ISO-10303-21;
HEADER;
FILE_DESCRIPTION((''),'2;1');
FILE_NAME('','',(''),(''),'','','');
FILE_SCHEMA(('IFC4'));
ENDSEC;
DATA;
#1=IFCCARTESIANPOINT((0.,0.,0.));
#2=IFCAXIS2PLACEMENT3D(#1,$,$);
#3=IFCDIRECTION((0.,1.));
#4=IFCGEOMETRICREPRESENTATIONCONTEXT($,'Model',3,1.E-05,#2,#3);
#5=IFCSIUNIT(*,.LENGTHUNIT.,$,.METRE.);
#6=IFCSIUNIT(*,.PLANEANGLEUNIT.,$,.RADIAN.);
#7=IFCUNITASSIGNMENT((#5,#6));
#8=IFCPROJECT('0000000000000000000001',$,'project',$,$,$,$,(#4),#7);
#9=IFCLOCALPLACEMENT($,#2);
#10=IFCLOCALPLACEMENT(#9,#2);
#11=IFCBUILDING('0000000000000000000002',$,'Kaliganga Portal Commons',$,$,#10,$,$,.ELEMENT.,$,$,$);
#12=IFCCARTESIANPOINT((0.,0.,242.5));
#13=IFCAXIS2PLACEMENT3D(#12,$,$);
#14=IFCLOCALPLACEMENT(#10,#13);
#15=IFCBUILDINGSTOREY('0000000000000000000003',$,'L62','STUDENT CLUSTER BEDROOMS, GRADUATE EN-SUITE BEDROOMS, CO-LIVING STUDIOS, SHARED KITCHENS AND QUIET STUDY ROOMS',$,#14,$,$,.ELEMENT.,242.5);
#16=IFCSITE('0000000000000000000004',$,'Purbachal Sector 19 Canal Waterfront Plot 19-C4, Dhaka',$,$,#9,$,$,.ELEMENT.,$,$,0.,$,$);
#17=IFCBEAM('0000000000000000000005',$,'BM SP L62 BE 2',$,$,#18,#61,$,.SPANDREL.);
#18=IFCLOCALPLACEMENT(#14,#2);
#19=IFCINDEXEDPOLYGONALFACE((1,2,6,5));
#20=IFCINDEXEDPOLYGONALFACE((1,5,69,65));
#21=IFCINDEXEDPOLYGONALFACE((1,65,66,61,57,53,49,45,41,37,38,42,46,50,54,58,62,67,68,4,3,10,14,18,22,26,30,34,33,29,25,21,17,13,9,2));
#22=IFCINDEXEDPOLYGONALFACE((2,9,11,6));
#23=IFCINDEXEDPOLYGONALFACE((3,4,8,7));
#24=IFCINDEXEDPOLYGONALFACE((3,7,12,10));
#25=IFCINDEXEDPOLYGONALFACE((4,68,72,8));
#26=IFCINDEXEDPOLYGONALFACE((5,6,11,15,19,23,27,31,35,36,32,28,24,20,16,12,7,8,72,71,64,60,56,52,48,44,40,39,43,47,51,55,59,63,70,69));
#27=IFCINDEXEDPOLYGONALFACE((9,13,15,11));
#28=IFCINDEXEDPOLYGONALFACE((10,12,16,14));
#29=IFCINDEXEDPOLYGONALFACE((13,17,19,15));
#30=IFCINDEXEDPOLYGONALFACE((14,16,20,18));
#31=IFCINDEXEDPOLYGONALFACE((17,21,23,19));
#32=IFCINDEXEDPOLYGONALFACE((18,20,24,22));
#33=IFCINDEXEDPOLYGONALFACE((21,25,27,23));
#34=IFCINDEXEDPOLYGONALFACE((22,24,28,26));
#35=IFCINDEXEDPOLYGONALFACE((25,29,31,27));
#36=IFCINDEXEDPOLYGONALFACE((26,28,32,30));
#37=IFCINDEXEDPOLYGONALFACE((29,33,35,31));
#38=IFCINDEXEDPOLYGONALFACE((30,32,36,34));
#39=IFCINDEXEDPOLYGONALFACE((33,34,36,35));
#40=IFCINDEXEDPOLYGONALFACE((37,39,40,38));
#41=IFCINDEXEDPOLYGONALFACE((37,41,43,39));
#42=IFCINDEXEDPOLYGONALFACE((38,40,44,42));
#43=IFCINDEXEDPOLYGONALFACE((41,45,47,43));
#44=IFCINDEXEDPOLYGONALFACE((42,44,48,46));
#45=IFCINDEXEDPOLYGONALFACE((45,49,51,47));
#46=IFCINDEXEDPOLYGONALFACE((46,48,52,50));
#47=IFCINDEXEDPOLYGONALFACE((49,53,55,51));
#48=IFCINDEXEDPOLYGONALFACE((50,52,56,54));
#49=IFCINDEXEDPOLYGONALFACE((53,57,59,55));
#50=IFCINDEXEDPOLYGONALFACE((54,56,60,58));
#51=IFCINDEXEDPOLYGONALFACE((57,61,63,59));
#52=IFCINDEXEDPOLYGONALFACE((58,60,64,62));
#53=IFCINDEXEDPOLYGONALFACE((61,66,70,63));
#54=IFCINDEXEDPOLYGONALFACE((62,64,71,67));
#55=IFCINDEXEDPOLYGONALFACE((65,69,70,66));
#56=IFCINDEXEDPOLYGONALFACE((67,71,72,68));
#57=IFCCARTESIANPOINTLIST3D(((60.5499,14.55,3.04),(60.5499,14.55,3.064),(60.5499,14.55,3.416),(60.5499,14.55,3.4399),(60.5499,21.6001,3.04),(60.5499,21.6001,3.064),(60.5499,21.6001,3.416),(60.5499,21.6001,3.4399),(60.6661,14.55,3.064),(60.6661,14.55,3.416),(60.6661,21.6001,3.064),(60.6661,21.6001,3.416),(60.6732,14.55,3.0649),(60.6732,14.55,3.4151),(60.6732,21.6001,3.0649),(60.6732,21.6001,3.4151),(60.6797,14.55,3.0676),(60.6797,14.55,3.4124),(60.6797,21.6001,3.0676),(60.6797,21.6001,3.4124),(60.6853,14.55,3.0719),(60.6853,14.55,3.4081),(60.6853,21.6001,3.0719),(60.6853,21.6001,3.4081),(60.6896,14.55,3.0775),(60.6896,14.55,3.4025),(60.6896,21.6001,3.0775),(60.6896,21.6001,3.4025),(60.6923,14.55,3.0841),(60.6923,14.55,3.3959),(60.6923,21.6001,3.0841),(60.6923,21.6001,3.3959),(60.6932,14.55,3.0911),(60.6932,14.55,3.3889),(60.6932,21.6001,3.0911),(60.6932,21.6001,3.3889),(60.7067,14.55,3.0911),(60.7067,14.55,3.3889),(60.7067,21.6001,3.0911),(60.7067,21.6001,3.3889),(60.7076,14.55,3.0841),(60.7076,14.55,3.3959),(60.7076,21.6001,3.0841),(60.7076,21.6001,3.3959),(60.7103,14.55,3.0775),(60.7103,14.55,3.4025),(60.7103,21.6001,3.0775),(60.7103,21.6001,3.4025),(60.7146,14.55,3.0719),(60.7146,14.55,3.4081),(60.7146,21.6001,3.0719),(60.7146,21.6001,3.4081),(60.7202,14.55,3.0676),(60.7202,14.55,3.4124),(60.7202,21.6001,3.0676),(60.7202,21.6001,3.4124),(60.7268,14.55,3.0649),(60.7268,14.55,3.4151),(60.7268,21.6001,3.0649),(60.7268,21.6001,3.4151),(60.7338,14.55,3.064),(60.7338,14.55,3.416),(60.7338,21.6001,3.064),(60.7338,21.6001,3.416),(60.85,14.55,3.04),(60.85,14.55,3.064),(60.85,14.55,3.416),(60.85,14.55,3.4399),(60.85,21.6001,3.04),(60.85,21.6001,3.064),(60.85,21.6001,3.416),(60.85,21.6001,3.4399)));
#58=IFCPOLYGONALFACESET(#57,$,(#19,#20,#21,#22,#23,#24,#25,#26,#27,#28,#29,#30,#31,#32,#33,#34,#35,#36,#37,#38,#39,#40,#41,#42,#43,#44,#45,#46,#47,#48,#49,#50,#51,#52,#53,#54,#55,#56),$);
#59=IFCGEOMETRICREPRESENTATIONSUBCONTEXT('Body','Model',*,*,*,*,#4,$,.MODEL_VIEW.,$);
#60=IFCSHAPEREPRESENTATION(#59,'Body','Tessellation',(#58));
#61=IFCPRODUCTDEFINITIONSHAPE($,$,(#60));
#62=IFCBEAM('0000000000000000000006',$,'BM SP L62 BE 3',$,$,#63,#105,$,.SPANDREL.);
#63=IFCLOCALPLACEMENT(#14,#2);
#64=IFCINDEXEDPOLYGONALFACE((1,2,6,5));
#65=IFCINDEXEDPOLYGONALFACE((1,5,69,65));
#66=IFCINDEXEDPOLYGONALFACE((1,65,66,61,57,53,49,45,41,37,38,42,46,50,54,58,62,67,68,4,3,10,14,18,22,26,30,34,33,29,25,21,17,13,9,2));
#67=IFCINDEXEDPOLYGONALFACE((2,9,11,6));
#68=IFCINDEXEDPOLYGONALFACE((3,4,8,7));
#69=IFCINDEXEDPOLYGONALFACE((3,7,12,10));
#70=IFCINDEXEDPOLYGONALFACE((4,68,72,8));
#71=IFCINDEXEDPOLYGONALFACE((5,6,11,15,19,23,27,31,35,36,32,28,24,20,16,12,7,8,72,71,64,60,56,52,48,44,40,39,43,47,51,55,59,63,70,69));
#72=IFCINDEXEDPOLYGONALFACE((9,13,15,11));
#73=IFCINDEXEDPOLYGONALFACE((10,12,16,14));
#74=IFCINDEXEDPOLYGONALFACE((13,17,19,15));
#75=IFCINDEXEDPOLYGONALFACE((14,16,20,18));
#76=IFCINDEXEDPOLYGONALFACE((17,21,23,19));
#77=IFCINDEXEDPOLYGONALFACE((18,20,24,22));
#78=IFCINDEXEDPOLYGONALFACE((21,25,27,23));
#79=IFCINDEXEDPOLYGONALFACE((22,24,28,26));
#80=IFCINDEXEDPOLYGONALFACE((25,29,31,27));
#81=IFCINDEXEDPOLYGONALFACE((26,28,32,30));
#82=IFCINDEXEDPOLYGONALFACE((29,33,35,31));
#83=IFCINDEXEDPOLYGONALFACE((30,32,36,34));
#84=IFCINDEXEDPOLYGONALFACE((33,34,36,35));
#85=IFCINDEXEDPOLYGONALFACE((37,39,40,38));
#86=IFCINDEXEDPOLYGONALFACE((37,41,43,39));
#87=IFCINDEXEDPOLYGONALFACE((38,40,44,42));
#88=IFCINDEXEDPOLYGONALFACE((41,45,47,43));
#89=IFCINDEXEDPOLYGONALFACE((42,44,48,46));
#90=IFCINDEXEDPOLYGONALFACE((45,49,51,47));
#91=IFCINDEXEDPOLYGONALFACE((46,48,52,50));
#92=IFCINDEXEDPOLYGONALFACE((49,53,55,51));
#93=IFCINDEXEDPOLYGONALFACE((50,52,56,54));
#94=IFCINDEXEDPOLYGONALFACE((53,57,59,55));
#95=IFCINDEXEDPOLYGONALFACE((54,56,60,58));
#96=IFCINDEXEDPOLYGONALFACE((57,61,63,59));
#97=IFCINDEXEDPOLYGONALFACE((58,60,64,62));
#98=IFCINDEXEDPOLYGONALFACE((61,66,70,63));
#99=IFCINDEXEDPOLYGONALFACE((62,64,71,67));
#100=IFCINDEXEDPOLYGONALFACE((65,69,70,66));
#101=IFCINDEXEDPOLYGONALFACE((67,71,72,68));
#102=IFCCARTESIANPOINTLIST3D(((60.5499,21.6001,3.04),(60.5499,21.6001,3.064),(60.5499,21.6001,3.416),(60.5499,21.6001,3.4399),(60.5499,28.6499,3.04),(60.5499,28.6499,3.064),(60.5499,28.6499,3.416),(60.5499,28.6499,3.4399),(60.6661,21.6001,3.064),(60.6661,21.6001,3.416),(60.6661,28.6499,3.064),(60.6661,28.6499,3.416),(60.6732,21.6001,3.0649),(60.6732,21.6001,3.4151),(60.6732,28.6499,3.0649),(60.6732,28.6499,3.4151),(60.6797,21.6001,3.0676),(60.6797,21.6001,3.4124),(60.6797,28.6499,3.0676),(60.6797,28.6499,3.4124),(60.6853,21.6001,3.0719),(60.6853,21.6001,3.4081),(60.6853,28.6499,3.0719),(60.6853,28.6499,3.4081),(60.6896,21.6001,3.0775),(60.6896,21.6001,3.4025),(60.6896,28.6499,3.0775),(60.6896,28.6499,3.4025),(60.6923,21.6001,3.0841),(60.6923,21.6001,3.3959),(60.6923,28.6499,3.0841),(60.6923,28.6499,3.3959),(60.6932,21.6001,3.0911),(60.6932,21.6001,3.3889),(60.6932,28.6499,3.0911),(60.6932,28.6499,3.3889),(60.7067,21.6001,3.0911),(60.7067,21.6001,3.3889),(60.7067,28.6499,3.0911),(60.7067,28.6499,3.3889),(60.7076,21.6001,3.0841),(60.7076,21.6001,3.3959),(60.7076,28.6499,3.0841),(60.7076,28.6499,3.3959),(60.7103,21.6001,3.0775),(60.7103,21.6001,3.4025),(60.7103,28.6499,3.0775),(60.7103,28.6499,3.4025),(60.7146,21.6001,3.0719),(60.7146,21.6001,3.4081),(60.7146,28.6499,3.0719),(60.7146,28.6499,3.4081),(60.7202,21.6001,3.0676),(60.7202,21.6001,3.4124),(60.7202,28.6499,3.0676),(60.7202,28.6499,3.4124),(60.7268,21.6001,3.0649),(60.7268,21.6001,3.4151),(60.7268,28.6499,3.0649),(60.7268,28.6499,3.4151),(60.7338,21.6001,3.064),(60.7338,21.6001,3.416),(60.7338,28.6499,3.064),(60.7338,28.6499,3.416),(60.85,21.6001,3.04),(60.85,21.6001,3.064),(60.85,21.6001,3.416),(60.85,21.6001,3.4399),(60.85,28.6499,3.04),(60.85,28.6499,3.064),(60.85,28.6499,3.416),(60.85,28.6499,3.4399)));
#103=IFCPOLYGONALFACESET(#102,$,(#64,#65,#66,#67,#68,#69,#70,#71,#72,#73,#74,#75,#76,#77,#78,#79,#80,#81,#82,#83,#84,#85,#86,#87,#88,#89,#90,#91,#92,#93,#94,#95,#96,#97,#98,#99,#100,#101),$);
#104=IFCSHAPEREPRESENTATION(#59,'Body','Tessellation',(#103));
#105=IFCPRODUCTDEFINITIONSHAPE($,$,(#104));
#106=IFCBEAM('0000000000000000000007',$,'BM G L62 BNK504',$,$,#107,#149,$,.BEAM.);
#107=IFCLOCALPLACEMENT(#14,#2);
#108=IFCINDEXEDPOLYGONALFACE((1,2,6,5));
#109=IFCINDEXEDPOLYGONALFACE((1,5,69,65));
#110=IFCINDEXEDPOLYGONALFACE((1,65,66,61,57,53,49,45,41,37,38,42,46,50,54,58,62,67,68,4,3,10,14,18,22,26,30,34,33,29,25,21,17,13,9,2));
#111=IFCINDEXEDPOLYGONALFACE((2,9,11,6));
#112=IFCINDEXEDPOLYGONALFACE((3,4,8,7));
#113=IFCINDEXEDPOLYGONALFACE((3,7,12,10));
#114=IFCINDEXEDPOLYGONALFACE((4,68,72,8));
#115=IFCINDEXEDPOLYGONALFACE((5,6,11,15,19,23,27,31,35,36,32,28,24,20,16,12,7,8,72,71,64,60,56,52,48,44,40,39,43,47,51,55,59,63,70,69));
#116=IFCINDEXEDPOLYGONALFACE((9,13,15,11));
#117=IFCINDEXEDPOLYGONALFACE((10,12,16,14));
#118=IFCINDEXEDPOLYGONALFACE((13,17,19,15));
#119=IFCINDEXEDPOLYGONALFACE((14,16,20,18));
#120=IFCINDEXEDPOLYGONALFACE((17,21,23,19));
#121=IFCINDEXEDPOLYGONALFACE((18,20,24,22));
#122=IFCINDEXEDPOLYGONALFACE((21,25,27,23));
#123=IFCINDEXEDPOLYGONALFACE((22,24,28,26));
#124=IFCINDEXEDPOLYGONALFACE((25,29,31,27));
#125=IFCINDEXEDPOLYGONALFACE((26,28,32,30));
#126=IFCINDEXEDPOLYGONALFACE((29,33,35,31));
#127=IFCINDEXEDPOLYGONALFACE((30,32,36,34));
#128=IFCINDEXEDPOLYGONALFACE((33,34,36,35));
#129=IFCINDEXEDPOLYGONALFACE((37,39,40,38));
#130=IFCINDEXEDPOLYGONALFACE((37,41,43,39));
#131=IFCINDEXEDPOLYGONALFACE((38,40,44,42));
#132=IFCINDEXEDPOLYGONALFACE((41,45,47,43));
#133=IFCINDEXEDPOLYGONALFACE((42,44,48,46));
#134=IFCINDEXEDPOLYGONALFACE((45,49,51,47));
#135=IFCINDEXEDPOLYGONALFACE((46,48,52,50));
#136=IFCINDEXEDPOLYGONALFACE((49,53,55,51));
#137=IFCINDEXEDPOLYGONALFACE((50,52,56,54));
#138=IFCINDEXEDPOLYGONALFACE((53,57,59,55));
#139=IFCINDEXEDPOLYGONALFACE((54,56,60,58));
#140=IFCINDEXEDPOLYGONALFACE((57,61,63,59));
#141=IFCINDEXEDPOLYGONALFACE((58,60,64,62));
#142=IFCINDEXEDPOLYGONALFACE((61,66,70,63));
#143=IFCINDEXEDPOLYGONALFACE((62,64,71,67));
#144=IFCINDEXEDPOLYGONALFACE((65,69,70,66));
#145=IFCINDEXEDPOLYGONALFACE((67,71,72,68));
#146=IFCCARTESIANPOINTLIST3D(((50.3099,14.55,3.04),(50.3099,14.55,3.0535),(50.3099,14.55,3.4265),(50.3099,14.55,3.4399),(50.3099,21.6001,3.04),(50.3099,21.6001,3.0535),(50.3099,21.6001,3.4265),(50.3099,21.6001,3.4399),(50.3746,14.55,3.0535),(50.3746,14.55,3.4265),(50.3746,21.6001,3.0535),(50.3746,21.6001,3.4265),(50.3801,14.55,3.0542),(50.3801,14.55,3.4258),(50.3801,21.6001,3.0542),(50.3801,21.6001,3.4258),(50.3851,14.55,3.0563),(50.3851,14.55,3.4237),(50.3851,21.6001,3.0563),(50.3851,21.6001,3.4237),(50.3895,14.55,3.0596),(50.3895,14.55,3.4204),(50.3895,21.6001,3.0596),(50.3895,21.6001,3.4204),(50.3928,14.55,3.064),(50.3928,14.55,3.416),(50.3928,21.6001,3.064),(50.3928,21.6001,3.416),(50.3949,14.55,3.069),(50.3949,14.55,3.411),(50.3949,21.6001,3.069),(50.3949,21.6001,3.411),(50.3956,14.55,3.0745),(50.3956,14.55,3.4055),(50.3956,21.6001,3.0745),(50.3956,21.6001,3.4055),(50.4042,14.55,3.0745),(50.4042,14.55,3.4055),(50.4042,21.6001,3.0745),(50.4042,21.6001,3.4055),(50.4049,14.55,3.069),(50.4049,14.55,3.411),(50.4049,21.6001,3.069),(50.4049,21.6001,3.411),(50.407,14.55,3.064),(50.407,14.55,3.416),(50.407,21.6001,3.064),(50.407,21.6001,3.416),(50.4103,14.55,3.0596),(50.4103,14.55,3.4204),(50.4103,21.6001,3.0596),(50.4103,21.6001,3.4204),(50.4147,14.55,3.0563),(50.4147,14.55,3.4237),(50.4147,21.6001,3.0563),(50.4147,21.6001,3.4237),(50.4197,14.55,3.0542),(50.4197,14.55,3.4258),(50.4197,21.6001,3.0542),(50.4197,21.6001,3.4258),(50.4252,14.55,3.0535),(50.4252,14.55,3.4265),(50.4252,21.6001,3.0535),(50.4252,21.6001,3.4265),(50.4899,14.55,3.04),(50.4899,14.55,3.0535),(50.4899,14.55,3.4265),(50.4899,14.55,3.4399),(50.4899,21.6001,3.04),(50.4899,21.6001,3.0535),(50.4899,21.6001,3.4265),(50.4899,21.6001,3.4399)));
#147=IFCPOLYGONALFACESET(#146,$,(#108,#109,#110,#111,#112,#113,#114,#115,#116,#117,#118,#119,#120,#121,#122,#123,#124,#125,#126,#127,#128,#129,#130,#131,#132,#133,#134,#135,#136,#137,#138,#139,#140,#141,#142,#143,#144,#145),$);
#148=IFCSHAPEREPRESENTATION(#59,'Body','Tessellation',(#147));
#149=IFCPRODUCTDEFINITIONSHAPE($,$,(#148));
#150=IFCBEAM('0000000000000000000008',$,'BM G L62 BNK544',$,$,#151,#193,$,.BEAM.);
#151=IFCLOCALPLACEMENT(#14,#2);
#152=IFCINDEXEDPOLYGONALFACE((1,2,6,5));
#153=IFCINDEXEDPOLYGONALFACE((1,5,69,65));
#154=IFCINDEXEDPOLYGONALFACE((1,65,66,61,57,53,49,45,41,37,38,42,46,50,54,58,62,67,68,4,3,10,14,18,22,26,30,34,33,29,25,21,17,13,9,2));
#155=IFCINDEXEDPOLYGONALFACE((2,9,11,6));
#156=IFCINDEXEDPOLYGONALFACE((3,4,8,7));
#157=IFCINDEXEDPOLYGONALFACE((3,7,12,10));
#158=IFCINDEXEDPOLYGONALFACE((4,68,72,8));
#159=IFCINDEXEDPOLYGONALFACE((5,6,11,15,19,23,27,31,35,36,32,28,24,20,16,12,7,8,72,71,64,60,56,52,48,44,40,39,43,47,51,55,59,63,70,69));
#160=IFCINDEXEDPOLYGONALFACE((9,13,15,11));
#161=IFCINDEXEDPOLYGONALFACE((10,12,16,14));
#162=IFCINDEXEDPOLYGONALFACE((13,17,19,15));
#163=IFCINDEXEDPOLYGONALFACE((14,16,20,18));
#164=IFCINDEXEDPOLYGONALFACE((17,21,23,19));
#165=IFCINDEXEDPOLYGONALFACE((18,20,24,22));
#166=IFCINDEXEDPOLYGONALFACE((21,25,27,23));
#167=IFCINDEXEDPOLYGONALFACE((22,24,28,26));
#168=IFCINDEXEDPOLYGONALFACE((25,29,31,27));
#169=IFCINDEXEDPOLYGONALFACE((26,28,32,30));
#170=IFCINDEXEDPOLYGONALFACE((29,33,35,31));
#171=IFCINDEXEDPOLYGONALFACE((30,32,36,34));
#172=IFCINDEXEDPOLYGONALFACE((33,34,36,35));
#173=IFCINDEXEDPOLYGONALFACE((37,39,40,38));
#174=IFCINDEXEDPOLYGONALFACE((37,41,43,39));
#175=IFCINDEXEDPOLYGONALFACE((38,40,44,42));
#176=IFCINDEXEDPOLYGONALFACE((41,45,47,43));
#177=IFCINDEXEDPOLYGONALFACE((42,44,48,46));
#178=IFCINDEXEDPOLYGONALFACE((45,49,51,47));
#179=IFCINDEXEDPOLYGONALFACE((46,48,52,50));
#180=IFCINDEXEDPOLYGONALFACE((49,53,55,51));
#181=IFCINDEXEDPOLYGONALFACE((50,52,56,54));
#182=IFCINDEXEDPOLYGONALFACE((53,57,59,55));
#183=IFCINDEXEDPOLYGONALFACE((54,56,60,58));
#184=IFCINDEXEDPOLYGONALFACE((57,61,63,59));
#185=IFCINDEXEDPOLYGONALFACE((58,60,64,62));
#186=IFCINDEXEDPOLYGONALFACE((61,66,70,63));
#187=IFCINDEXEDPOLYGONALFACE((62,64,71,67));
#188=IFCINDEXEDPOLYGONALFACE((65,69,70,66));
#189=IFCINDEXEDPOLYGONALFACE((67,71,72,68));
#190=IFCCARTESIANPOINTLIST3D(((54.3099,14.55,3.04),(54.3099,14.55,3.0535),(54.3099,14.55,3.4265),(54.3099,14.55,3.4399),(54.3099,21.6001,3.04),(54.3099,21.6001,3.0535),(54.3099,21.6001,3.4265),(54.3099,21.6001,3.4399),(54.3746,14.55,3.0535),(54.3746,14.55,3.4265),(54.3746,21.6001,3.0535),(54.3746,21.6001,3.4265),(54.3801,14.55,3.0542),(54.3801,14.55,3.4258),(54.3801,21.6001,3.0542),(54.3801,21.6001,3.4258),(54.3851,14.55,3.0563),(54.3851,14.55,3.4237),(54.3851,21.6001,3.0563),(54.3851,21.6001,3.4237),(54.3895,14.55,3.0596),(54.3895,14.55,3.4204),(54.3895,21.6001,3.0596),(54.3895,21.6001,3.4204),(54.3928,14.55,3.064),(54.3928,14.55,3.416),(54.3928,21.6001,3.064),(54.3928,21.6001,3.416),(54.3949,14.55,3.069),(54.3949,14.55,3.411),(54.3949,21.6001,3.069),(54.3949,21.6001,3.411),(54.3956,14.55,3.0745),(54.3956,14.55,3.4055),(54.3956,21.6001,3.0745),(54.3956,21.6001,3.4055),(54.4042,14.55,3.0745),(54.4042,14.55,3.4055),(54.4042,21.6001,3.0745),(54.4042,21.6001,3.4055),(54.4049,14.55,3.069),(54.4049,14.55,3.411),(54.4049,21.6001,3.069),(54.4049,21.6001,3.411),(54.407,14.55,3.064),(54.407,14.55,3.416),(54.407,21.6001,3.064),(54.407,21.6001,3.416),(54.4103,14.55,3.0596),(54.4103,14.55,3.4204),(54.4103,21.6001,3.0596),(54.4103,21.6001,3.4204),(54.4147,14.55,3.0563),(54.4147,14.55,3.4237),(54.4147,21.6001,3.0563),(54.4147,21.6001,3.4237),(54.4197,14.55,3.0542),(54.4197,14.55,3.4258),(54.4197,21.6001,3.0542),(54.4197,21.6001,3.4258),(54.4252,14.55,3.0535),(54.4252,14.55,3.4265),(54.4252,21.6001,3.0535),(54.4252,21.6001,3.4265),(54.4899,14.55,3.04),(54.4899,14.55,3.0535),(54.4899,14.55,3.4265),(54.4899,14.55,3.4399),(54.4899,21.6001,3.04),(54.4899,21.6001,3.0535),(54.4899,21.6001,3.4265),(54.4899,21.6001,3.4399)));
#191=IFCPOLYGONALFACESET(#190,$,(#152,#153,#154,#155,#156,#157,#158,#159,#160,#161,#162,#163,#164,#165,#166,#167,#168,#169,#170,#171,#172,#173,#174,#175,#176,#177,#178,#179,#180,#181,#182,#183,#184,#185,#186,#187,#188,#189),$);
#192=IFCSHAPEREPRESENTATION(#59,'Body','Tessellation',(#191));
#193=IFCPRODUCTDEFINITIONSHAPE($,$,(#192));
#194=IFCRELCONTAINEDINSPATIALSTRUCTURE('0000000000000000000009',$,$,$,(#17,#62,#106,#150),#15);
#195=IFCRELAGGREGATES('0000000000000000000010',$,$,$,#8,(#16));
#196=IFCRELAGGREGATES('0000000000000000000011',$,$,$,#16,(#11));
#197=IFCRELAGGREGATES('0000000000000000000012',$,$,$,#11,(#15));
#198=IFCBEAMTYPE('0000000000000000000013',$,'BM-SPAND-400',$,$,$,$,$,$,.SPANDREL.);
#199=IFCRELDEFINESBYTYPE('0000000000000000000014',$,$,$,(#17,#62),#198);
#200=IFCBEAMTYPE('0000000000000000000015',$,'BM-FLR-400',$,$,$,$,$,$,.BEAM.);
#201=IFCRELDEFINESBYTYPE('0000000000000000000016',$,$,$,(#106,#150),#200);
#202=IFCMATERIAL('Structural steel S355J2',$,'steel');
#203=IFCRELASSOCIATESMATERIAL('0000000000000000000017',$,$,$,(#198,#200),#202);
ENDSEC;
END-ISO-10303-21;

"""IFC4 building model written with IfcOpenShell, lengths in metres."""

from ifc_helpers import new_model, si_unit, direction, frame, origin, origin_2d, place, context, subcontext, project, spatial, i_section, extrude, source, transform, mapped, material, material_profile, profile_set, type_object, element, save


model = new_model("IFC4")

# Units and contexts
model_context = context("Model", 3, precision=1e-05, world=origin(), true_north=direction((0.0, 1.0)))
body_context = subcontext(model_context, "Body", "Model", "MODEL_VIEW")
ifc_project = project(units=[si_unit("LENGTHUNIT", "METRE"), si_unit("PLANEANGLEUNIT", "RADIAN")], contexts=[model_context])

# Site, building, storey
site_placement = place(None, origin())
site = spatial("IfcSite", under=ifc_project, at=site_placement, Name="Purbachal Sector 19 Canal Waterfront Plot 19-C4, Dhaka", CompositionType="ELEMENT", RefElevation=0.0)
building_placement = place(site_placement, origin())
building = spatial("IfcBuilding", under=site, at=building_placement, Name="Kaliganga Portal Commons", CompositionType="ELEMENT")
storey_placement = place(building_placement, frame((0.0, 0.0, 242.5)))
storey = spatial("IfcBuildingStorey", under=building, at=storey_placement, Name="L62", Description="STUDENT CLUSTER BEDROOMS, GRADUATE EN-SUITE BEDROOMS, CO-LIVING STUDIOS, SHARED KITCHENS AND QUIET STUDY ROOMS", CompositionType="ELEMENT", Elevation=242.5)

# Shared definitions
ifc_material_1 = material(Name="Structural steel S355J2", Category="steel")

# Beams
ifc_material_profile_1 = material_profile(ifc_material_1, i_section(OverallWidth=0.3, OverallDepth=0.3999, WebThickness=0.0134, FlangeThickness=0.0239, FilletRadius=0.0271, at=origin_2d()), Name="HE 400 B")
ifc_profile_set_1 = profile_set([ifc_material_profile_1], Name="Structural steel S355J2 wide-flange")
beam_type_1 = type_object("IfcBeamType", Name="BM-SPAND-400", PredefinedType="SPANDREL", material=ifc_profile_set_1)
shared_shape_1 = source(origin(), body_context, "Body", "SweptSolid", [
    extrude(i_section(OverallWidth=0.3, OverallDepth=0.3999, WebThickness=0.0134, FlangeThickness=0.0239, FilletRadius=0.0271, at=origin_2d()), origin(), (0.0, 0.0, 1.0), 7.05),
])
beam_1_placement = place(storey_placement, frame((60.7, 14.55, 3.24), z_axis=(0.0, 1.0, 0.0), x_axis=(-1.0, 0.0, 0.0)))
element("IfcBeam", 1, at=beam_1_placement, inside=storey, type_object=beam_type_1, Name="BM SP L62 BE 2", PredefinedType="SPANDREL", context=body_context, shape_type="MappedRepresentation", body=[
    mapped(shared_shape_1, transform((0.0, 0.0, 0.0), x_axis=(1.0, 0.0, 0.0), y_axis=(0.0, 1.0, 0.0), z_axis=(0.0, 0.0, 1.0), scale=1.0)),
])
shared_shape_2 = source(origin(), body_context, "Body", "SweptSolid", [
    extrude(i_section(OverallWidth=0.3, OverallDepth=0.3999, WebThickness=0.0134, FlangeThickness=0.0239, FilletRadius=0.0271, at=origin_2d()), origin(), (0.0, 0.0, 1.0), 7.0498),
])
beam_2_placement = place(storey_placement, frame((60.7, 21.6001, 3.24), z_axis=(0.0, 1.0, 0.0), x_axis=(-1.0, 0.0, 0.0)))
element("IfcBeam", 2, at=beam_2_placement, inside=storey, type_object=beam_type_1, Name="BM SP L62 BE 3", PredefinedType="SPANDREL", context=body_context, shape_type="MappedRepresentation", body=[
    mapped(shared_shape_2, transform((0.0, 0.0, 0.0), x_axis=(1.0, 0.0, 0.0), y_axis=(0.0, 1.0, 0.0), z_axis=(0.0, 0.0, 1.0), scale=1.0)),
])
ifc_material_profile_2 = material_profile(ifc_material_1, i_section(OverallWidth=0.1799, OverallDepth=0.3999, WebThickness=0.0085, FlangeThickness=0.0134, FilletRadius=0.021, at=origin_2d()), Name="IPE 400")
ifc_profile_set_2 = profile_set([ifc_material_profile_2], Name="Structural steel S355J2 wide-flange")
beam_type_2 = type_object("IfcBeamType", Name="BM-FLR-400", PredefinedType="BEAM", material=ifc_profile_set_2)
shared_shape_3 = source(origin(), body_context, "Body", "SweptSolid", [
    extrude(i_section(OverallWidth=0.1799, OverallDepth=0.3999, WebThickness=0.0085, FlangeThickness=0.0134, FilletRadius=0.021, at=origin_2d()), origin(), (0.0, 0.0, 1.0), 7.05),
])
for number, where, z_axis, x_axis, name in (
    (3, (50.3999, 14.55, 3.24), (0.0, 1.0, 0.0), (-1.0, 0.0, 0.0), "BM G L62 BNK504"),
    (4, (54.3999, 14.55, 3.24), (0.0, 1.0, 0.0), (-1.0, 0.0, 0.0), "BM G L62 BNK544"),
):
    element("IfcBeam", number, at=place(storey_placement, frame(where, z_axis=z_axis, x_axis=x_axis)), inside=storey, type_object=beam_type_2, Name=name, PredefinedType="BEAM", context=body_context, shape_type="MappedRepresentation", body=[
        mapped(shared_shape_3, transform((0.0, 0.0, 0.0), x_axis=(1.0, 0.0, 0.0), y_axis=(0.0, 1.0, 0.0), z_axis=(0.0, 0.0, 1.0), scale=1.0)),
    ])

save(model, "model.ifc")
